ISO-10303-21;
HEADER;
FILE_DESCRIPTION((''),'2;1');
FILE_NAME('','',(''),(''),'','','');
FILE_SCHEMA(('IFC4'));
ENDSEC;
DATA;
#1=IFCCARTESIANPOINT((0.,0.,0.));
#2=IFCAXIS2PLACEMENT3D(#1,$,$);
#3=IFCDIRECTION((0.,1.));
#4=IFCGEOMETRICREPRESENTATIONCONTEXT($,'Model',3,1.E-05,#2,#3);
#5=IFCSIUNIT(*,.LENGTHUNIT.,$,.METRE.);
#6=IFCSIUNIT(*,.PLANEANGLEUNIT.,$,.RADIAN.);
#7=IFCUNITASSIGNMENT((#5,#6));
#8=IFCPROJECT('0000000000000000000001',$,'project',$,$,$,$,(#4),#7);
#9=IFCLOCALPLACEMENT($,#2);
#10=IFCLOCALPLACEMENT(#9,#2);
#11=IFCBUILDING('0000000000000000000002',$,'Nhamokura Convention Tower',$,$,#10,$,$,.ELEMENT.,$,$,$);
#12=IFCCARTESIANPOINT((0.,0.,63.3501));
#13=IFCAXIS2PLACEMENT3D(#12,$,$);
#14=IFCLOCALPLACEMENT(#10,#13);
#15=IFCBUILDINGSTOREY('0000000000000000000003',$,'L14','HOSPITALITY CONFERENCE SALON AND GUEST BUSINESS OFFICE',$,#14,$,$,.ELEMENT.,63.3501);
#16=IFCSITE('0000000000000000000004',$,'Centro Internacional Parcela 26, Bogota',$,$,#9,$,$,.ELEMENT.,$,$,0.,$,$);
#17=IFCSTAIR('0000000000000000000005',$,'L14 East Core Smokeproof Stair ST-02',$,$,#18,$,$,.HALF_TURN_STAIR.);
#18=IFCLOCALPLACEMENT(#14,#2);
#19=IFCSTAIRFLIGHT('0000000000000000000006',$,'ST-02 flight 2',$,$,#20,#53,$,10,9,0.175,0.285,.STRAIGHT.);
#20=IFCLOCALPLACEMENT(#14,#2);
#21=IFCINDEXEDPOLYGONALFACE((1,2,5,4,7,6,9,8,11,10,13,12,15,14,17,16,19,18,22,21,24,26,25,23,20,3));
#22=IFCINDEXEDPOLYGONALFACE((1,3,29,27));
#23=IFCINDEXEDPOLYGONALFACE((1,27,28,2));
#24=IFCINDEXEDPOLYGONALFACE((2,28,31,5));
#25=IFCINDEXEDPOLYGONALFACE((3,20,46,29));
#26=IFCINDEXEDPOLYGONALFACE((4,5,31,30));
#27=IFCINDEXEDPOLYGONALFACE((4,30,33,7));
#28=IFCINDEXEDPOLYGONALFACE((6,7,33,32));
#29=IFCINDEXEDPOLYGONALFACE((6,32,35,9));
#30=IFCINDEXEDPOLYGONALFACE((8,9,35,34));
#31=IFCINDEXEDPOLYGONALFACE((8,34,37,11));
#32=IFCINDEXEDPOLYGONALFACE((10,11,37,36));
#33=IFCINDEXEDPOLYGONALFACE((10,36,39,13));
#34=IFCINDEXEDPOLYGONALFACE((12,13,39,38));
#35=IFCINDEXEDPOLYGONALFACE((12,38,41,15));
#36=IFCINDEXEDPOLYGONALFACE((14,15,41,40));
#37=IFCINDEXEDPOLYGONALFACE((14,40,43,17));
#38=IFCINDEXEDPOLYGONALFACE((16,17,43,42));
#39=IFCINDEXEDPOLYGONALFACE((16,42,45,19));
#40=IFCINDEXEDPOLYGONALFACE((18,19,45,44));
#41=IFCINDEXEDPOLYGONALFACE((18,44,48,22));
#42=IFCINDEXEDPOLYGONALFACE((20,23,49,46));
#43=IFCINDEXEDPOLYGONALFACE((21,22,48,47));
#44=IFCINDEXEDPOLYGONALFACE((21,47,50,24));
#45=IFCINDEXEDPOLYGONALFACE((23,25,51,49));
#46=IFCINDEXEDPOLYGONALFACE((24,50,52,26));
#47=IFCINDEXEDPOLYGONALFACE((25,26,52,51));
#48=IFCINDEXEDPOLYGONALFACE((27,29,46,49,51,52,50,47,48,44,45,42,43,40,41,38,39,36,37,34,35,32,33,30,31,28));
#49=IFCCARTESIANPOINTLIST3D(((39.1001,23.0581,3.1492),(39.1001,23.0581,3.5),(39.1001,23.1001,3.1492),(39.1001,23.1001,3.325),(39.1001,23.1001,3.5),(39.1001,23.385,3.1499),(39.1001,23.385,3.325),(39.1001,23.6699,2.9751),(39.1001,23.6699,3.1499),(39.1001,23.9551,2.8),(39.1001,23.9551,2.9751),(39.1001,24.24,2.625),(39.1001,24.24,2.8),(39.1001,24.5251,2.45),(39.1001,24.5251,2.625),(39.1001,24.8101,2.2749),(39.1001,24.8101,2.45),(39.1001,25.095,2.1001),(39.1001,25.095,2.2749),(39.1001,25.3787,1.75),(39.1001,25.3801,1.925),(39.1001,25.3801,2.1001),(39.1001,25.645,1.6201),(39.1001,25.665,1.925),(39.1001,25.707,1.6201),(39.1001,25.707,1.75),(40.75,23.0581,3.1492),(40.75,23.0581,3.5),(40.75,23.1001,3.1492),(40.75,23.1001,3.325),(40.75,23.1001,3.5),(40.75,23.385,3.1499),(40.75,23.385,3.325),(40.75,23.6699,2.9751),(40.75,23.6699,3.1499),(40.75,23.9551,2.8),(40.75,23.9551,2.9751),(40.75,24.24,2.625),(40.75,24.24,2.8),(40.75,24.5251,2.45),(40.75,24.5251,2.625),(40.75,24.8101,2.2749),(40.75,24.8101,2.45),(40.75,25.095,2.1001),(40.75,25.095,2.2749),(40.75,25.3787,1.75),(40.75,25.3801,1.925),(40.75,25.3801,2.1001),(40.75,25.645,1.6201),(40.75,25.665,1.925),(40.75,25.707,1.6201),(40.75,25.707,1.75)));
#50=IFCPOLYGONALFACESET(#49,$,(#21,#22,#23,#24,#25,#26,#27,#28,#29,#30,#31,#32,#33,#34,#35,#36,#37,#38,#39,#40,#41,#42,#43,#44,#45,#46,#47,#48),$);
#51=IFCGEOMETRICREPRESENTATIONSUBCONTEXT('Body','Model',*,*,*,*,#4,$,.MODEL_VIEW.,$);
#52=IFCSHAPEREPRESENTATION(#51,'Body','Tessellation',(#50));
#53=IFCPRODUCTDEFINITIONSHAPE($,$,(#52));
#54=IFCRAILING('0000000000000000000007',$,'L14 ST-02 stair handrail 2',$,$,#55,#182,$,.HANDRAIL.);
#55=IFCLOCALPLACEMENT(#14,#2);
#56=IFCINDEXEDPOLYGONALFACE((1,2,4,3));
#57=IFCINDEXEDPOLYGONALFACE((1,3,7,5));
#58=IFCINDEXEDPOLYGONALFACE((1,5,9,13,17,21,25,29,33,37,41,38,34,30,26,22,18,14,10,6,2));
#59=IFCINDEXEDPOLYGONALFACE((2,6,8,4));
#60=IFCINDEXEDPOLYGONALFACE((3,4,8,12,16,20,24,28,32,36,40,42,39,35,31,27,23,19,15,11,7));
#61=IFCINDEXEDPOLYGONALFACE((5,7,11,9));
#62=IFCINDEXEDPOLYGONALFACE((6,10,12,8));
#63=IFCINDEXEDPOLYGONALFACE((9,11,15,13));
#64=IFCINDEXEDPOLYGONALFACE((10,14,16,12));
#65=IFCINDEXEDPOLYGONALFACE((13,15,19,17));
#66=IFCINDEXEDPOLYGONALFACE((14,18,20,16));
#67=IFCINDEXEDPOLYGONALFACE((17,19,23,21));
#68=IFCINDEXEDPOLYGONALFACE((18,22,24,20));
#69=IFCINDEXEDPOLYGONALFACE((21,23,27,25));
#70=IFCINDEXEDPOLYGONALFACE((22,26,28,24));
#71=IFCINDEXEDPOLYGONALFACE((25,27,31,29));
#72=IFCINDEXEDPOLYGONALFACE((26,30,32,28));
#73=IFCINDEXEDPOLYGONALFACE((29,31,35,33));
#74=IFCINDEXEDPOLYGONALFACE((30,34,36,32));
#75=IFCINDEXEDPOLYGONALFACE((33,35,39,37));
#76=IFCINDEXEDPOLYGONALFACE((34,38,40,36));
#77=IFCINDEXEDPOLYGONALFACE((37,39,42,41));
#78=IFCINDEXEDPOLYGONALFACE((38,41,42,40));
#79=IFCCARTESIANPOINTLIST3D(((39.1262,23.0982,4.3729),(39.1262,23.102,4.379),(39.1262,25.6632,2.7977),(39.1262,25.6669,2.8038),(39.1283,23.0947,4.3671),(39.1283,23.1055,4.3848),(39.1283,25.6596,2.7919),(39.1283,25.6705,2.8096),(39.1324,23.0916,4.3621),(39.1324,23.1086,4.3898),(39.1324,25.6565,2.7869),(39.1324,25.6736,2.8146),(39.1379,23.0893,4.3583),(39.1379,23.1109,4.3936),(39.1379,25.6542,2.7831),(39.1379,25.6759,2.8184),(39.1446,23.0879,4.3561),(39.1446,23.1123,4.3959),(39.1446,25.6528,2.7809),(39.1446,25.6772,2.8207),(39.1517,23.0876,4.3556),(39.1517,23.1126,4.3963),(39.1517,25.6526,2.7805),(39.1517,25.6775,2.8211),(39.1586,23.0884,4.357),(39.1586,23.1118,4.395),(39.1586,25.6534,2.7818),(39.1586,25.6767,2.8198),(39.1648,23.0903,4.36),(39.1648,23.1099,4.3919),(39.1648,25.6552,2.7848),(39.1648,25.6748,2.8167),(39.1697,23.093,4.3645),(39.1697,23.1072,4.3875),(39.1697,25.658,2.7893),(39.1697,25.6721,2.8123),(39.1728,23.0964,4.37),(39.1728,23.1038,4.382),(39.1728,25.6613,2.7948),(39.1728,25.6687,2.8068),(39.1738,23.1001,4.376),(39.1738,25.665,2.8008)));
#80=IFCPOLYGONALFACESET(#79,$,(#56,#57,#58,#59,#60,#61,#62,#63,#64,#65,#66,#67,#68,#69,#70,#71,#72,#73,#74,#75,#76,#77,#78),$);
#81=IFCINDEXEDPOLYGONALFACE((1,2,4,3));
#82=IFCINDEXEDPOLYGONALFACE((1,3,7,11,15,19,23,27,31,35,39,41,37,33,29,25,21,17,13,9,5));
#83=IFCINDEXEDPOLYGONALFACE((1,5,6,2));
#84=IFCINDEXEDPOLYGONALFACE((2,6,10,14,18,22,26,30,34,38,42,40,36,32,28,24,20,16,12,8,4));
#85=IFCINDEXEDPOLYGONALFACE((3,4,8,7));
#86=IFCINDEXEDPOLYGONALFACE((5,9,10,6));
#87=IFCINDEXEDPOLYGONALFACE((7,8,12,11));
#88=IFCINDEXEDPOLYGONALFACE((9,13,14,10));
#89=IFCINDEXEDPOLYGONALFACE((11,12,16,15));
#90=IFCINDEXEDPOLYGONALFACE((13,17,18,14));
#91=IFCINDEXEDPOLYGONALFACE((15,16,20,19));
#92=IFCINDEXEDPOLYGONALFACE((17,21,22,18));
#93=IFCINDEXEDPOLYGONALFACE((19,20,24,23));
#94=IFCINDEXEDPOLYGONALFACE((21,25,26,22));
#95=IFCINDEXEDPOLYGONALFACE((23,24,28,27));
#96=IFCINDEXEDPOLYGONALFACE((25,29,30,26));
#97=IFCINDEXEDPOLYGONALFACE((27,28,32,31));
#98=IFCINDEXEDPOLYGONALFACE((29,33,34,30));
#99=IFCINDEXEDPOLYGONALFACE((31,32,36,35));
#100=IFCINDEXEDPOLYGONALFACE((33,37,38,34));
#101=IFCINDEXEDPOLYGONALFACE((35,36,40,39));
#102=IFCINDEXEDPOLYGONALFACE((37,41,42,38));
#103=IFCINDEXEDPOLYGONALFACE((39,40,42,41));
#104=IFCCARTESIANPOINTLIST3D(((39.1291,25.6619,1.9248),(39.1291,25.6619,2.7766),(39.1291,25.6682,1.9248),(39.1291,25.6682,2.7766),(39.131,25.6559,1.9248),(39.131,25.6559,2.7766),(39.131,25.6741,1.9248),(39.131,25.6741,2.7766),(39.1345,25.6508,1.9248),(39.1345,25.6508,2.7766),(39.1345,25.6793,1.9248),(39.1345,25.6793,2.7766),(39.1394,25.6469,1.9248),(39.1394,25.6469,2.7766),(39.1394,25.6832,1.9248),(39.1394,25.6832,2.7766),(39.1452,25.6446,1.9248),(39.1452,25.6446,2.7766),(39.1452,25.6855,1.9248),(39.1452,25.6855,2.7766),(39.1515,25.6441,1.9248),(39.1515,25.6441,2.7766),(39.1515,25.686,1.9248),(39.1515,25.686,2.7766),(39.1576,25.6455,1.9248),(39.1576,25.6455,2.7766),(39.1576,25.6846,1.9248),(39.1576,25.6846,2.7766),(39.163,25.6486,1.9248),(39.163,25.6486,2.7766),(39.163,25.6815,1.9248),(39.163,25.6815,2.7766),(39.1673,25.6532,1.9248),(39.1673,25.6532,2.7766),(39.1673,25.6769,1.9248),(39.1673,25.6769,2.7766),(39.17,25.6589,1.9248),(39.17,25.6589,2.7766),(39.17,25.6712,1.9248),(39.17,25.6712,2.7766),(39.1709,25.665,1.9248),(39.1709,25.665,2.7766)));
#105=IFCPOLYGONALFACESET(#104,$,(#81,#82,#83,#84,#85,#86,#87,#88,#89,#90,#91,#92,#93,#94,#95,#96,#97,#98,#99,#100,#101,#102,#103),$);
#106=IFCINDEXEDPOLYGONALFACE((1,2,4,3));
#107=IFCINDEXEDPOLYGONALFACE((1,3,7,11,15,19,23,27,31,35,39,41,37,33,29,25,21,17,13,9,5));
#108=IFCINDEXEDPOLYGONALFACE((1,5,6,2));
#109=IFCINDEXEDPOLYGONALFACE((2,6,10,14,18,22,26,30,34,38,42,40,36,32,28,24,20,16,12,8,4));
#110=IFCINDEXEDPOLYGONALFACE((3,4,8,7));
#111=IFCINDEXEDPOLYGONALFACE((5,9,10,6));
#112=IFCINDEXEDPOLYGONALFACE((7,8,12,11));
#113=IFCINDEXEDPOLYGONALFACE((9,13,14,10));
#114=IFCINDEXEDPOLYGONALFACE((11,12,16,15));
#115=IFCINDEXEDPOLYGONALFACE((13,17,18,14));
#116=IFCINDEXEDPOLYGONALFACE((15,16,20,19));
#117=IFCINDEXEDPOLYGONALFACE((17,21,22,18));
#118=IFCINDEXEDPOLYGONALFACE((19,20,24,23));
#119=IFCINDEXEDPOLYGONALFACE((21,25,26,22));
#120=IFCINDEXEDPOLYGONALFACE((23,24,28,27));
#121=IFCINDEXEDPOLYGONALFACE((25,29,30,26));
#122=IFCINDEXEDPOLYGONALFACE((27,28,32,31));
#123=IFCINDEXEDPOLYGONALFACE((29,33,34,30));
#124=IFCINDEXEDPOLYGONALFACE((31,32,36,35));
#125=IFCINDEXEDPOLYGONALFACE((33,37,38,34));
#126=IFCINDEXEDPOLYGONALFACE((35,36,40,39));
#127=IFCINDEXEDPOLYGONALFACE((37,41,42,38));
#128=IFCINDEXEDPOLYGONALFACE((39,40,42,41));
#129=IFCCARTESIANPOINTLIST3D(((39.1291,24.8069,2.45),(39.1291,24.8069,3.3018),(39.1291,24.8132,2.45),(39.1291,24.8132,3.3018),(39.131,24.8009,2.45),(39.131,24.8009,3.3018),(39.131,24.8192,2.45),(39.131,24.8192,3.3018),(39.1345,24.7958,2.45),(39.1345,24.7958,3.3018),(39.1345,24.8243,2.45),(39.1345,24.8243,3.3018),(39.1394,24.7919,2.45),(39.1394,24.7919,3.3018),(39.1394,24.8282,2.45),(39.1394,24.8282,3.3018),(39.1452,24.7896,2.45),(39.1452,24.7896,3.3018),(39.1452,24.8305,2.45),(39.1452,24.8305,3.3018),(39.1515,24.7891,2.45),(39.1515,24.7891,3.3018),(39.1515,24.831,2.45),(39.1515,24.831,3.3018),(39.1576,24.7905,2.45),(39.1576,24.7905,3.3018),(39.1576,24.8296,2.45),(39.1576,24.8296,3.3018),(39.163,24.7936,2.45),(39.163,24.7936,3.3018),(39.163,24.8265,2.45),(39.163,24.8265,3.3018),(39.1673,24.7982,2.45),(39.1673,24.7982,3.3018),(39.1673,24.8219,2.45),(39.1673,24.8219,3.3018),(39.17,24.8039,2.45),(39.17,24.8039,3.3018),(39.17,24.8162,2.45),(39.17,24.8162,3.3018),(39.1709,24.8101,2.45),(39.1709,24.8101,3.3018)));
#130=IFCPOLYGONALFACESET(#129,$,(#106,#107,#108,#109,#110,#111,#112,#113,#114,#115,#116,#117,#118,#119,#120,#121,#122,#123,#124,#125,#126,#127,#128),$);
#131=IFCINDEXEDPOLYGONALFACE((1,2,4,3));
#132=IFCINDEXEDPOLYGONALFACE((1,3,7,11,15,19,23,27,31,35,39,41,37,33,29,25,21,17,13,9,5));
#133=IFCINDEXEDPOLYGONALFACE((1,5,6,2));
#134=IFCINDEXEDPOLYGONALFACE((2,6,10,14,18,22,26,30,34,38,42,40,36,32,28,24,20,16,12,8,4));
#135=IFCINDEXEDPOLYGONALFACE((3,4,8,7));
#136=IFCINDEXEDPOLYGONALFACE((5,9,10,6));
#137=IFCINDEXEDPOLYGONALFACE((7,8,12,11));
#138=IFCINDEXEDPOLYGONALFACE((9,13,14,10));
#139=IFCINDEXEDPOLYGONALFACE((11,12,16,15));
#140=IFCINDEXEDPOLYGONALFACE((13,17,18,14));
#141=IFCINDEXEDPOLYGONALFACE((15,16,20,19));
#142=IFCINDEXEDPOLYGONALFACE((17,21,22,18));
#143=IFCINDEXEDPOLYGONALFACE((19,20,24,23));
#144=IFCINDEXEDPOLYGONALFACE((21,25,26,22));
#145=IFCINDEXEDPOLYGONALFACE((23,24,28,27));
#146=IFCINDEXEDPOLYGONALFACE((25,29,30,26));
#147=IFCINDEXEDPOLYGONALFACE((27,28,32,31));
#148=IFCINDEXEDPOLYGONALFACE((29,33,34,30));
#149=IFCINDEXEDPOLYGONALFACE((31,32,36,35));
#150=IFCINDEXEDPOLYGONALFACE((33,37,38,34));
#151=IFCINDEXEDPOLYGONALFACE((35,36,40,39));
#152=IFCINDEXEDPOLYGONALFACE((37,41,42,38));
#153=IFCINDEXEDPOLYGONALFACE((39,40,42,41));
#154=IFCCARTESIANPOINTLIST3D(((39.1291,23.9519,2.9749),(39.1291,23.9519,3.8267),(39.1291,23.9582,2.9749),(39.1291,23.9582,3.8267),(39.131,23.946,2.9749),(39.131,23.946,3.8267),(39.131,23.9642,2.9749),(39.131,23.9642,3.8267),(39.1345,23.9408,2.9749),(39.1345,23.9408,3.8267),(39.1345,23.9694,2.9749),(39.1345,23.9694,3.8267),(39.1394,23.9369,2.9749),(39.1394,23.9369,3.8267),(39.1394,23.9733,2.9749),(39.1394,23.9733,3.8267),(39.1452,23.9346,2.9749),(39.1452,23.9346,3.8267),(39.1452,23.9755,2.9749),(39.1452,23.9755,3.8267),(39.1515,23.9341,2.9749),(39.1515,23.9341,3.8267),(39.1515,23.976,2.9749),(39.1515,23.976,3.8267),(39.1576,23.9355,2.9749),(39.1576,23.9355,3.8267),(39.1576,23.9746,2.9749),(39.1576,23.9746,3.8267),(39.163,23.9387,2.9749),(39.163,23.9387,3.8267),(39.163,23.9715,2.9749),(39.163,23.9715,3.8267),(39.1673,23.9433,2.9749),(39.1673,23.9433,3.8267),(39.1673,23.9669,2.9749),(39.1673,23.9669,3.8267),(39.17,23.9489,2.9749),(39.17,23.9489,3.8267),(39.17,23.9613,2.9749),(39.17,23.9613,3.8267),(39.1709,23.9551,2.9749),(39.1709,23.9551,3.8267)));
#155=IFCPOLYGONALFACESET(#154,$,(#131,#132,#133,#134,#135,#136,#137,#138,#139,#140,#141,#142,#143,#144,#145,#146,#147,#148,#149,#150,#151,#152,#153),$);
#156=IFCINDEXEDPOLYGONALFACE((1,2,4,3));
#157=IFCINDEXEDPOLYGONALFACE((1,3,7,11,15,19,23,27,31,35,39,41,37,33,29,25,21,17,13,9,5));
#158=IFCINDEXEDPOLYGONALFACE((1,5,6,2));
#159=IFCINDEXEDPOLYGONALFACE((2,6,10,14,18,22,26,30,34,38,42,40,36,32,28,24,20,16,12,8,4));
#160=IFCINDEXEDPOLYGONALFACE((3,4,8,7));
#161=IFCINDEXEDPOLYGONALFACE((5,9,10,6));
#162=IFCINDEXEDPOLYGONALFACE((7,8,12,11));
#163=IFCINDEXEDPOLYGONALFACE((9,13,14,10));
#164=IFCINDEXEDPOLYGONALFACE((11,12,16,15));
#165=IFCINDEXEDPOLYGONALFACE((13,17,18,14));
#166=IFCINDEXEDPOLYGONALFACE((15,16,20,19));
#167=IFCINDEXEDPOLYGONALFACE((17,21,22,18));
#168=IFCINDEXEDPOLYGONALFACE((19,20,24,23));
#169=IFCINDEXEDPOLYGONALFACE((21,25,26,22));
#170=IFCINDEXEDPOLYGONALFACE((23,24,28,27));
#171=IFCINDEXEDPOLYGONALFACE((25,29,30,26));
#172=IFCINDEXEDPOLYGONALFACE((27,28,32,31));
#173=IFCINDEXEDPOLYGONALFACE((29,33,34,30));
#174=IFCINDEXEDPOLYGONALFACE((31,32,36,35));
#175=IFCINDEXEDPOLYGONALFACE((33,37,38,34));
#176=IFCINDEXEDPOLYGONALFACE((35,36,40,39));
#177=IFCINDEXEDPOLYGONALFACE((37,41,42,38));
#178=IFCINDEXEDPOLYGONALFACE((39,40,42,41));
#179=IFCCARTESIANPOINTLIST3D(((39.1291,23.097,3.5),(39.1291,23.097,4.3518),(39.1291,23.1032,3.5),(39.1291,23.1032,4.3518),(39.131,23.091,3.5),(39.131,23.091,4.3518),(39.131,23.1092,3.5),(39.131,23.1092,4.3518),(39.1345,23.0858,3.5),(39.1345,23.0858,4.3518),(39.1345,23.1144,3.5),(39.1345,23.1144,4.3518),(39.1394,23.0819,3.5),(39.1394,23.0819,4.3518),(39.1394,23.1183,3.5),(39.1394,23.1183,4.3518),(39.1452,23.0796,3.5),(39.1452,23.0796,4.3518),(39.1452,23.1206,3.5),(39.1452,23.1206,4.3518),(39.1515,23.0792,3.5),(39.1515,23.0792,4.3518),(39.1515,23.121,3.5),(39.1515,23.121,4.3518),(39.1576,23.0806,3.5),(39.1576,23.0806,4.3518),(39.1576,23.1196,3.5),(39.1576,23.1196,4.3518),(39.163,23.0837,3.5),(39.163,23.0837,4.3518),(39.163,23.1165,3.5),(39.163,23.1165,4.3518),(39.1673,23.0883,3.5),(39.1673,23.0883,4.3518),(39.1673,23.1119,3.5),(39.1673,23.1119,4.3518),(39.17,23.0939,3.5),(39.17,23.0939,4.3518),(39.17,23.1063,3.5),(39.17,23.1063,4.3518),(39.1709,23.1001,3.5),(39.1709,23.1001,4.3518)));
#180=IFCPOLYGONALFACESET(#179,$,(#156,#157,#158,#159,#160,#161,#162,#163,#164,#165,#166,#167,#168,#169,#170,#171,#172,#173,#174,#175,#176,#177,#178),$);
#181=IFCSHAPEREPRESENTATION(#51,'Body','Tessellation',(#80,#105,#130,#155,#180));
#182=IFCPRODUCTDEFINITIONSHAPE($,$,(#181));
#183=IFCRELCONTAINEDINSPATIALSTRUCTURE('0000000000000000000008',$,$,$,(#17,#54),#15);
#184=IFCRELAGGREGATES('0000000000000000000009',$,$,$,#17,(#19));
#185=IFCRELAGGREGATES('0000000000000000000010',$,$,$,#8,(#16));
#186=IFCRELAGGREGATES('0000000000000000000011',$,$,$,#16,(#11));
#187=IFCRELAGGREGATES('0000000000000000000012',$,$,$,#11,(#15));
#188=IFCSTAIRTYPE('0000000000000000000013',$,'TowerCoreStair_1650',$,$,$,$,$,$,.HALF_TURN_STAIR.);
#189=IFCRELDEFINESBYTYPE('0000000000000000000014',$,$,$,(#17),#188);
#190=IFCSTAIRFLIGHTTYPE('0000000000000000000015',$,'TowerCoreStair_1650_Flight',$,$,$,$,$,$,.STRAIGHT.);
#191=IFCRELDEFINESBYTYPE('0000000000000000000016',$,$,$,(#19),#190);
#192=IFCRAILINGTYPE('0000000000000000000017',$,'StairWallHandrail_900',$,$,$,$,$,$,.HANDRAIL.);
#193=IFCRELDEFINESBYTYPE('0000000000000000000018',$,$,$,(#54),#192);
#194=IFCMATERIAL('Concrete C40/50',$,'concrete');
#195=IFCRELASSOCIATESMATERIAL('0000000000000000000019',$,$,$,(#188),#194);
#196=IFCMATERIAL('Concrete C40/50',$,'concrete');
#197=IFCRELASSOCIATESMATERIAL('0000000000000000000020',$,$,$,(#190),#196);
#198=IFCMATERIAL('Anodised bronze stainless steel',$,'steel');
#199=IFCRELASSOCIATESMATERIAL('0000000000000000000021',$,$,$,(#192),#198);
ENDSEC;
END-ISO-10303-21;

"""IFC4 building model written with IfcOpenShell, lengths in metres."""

from ifc_helpers import new_model, si_unit, direction, frame, origin, origin_2d, place, context, subcontext, project, spatial, polyline, circle, outline, extrude, material, type_object, element, aggregate, save


model = new_model("IFC4")

# Units and contexts
model_context = context("Model", 3, precision=1e-05, world=origin(), true_north=direction((0.0, 1.0)))
body_context = subcontext(model_context, "Body", "Model", "MODEL_VIEW")
ifc_project = project(units=[si_unit("LENGTHUNIT", "METRE"), si_unit("PLANEANGLEUNIT", "RADIAN")], contexts=[model_context])

# Site, building, storey
site_placement = place(None, origin())
site = spatial("IfcSite", under=ifc_project, at=site_placement, Name="Centro Internacional Parcela 26, Bogota", CompositionType="ELEMENT", RefElevation=0.0)
building_placement = place(site_placement, origin())
building = spatial("IfcBuilding", under=site, at=building_placement, Name="Nhamokura Convention Tower", CompositionType="ELEMENT")
storey_placement = place(building_placement, frame((0.0, 0.0, 63.3501)))
storey = spatial("IfcBuildingStorey", under=building, at=storey_placement, Name="L14", Description="HOSPITALITY CONFERENCE SALON AND GUEST BUSINESS OFFICE", CompositionType="ELEMENT", Elevation=63.3501)

# Stair, stair flight
ifc_material_1 = material(Name="Concrete C40/50", Category="concrete")
stair_type = type_object("IfcStairType", Name="TowerCoreStair_1650", PredefinedType="HALF_TURN_STAIR", material=ifc_material_1)
stair_placement = place(storey_placement, origin())
stair = element("IfcStair", 1, at=stair_placement, inside=storey, type_object=stair_type, Name="L14 East Core Smokeproof Stair ST-02", PredefinedType="HALF_TURN_STAIR")
ifc_material_2 = material(Name="Concrete C40/50", Category="concrete")
stair_flight_type = type_object("IfcStairFlightType", Name="TowerCoreStair_1650_Flight", PredefinedType="STRAIGHT", material=ifc_material_2)
stair_flight_placement = place(storey_placement, frame((39.925, 25.665, 1.75), z_axis=(0.0, 0.0, 1.0), x_axis=(0.0, -1.0, 0.0)))
stair_flight = element("IfcStairFlight", 2, at=stair_flight_placement, type_object=stair_flight_type, Name="ST-02 flight 2", NumberOfRisers=10, NumberOfTreads=9, PredefinedType="STRAIGHT", RiserHeight=0.175, TreadLength=0.285, context=body_context, shape_type="SweptSolid", body=[
    extrude(outline(polyline([(-0.042, 0.0), (0.0, 0.175), (0.2849, 0.175), (0.2849, 0.3501), (0.5701, 0.3501), (0.5701, 0.5249), (0.855, 0.5249), (0.855, 0.7), (1.1399, 0.7), (1.1399, 0.875), (1.425, 0.875), (1.425, 1.05), (1.71, 1.05), (1.71, 1.2251), (1.9951, 1.2251), (1.9951, 1.3999), (2.28, 1.3999), (2.28, 1.575), (2.5649, 1.575), (2.5649, 1.75), (2.6069, 1.75), (2.6069, 1.3992), (2.5649, 1.3992), (0.2864, 0.0), (0.02, -0.1299), (-0.042, -0.1299), (-0.042, 0.0)])), frame((0.0, 0.825, 0.0), z_axis=(0.0, -1.0, 0.0), x_axis=(1.0, 0.0, 0.0)), (0.0, 0.0, 1.0), 1.6499),
])
aggregate(stair, [stair_flight])

# Railing
ifc_material_3 = material(Name="Anodised bronze stainless steel", Category="steel")
railing_type_1 = type_object("IfcRailingType", Name="StairWallHandrail_900", PredefinedType="HANDRAIL", material=ifc_material_3)
railing_1_placement = place(storey_placement, frame((39.1499, 25.665, 1.9248)))
element("IfcRailing", 3, at=railing_1_placement, inside=storey, type_object=railing_type_1, Name="L14 ST-02 stair handrail 2", PredefinedType="HANDRAIL", context=body_context, shape_type="SweptSolid", body=[
    extrude(circle(Radius=0.0239, at=origin_2d()), frame((0.0, 0.0, 0.876), z_axis=(0.0, -0.852137, 0.523319), x_axis=(1.0, 0.0, 0.0)), (0.0, 0.0, 1.0), 3.01),
    extrude(circle(Radius=0.021, at=origin_2d()), origin(), (0.0, 0.0, 1.0), 0.8518),
    extrude(circle(Radius=0.021, at=origin_2d()), frame((0.0, -0.855, 0.5251)), (0.0, 0.0, 1.0), 0.8518),
    extrude(circle(Radius=0.021, at=origin_2d()), frame((0.0, -1.71, 1.05)), (0.0, 0.0, 1.0), 0.8518),
    extrude(circle(Radius=0.021, at=origin_2d()), frame((0.0, -2.5649, 1.5752)), (0.0, 0.0, 1.0), 0.8518),
])

save(model, "model.ifc")
